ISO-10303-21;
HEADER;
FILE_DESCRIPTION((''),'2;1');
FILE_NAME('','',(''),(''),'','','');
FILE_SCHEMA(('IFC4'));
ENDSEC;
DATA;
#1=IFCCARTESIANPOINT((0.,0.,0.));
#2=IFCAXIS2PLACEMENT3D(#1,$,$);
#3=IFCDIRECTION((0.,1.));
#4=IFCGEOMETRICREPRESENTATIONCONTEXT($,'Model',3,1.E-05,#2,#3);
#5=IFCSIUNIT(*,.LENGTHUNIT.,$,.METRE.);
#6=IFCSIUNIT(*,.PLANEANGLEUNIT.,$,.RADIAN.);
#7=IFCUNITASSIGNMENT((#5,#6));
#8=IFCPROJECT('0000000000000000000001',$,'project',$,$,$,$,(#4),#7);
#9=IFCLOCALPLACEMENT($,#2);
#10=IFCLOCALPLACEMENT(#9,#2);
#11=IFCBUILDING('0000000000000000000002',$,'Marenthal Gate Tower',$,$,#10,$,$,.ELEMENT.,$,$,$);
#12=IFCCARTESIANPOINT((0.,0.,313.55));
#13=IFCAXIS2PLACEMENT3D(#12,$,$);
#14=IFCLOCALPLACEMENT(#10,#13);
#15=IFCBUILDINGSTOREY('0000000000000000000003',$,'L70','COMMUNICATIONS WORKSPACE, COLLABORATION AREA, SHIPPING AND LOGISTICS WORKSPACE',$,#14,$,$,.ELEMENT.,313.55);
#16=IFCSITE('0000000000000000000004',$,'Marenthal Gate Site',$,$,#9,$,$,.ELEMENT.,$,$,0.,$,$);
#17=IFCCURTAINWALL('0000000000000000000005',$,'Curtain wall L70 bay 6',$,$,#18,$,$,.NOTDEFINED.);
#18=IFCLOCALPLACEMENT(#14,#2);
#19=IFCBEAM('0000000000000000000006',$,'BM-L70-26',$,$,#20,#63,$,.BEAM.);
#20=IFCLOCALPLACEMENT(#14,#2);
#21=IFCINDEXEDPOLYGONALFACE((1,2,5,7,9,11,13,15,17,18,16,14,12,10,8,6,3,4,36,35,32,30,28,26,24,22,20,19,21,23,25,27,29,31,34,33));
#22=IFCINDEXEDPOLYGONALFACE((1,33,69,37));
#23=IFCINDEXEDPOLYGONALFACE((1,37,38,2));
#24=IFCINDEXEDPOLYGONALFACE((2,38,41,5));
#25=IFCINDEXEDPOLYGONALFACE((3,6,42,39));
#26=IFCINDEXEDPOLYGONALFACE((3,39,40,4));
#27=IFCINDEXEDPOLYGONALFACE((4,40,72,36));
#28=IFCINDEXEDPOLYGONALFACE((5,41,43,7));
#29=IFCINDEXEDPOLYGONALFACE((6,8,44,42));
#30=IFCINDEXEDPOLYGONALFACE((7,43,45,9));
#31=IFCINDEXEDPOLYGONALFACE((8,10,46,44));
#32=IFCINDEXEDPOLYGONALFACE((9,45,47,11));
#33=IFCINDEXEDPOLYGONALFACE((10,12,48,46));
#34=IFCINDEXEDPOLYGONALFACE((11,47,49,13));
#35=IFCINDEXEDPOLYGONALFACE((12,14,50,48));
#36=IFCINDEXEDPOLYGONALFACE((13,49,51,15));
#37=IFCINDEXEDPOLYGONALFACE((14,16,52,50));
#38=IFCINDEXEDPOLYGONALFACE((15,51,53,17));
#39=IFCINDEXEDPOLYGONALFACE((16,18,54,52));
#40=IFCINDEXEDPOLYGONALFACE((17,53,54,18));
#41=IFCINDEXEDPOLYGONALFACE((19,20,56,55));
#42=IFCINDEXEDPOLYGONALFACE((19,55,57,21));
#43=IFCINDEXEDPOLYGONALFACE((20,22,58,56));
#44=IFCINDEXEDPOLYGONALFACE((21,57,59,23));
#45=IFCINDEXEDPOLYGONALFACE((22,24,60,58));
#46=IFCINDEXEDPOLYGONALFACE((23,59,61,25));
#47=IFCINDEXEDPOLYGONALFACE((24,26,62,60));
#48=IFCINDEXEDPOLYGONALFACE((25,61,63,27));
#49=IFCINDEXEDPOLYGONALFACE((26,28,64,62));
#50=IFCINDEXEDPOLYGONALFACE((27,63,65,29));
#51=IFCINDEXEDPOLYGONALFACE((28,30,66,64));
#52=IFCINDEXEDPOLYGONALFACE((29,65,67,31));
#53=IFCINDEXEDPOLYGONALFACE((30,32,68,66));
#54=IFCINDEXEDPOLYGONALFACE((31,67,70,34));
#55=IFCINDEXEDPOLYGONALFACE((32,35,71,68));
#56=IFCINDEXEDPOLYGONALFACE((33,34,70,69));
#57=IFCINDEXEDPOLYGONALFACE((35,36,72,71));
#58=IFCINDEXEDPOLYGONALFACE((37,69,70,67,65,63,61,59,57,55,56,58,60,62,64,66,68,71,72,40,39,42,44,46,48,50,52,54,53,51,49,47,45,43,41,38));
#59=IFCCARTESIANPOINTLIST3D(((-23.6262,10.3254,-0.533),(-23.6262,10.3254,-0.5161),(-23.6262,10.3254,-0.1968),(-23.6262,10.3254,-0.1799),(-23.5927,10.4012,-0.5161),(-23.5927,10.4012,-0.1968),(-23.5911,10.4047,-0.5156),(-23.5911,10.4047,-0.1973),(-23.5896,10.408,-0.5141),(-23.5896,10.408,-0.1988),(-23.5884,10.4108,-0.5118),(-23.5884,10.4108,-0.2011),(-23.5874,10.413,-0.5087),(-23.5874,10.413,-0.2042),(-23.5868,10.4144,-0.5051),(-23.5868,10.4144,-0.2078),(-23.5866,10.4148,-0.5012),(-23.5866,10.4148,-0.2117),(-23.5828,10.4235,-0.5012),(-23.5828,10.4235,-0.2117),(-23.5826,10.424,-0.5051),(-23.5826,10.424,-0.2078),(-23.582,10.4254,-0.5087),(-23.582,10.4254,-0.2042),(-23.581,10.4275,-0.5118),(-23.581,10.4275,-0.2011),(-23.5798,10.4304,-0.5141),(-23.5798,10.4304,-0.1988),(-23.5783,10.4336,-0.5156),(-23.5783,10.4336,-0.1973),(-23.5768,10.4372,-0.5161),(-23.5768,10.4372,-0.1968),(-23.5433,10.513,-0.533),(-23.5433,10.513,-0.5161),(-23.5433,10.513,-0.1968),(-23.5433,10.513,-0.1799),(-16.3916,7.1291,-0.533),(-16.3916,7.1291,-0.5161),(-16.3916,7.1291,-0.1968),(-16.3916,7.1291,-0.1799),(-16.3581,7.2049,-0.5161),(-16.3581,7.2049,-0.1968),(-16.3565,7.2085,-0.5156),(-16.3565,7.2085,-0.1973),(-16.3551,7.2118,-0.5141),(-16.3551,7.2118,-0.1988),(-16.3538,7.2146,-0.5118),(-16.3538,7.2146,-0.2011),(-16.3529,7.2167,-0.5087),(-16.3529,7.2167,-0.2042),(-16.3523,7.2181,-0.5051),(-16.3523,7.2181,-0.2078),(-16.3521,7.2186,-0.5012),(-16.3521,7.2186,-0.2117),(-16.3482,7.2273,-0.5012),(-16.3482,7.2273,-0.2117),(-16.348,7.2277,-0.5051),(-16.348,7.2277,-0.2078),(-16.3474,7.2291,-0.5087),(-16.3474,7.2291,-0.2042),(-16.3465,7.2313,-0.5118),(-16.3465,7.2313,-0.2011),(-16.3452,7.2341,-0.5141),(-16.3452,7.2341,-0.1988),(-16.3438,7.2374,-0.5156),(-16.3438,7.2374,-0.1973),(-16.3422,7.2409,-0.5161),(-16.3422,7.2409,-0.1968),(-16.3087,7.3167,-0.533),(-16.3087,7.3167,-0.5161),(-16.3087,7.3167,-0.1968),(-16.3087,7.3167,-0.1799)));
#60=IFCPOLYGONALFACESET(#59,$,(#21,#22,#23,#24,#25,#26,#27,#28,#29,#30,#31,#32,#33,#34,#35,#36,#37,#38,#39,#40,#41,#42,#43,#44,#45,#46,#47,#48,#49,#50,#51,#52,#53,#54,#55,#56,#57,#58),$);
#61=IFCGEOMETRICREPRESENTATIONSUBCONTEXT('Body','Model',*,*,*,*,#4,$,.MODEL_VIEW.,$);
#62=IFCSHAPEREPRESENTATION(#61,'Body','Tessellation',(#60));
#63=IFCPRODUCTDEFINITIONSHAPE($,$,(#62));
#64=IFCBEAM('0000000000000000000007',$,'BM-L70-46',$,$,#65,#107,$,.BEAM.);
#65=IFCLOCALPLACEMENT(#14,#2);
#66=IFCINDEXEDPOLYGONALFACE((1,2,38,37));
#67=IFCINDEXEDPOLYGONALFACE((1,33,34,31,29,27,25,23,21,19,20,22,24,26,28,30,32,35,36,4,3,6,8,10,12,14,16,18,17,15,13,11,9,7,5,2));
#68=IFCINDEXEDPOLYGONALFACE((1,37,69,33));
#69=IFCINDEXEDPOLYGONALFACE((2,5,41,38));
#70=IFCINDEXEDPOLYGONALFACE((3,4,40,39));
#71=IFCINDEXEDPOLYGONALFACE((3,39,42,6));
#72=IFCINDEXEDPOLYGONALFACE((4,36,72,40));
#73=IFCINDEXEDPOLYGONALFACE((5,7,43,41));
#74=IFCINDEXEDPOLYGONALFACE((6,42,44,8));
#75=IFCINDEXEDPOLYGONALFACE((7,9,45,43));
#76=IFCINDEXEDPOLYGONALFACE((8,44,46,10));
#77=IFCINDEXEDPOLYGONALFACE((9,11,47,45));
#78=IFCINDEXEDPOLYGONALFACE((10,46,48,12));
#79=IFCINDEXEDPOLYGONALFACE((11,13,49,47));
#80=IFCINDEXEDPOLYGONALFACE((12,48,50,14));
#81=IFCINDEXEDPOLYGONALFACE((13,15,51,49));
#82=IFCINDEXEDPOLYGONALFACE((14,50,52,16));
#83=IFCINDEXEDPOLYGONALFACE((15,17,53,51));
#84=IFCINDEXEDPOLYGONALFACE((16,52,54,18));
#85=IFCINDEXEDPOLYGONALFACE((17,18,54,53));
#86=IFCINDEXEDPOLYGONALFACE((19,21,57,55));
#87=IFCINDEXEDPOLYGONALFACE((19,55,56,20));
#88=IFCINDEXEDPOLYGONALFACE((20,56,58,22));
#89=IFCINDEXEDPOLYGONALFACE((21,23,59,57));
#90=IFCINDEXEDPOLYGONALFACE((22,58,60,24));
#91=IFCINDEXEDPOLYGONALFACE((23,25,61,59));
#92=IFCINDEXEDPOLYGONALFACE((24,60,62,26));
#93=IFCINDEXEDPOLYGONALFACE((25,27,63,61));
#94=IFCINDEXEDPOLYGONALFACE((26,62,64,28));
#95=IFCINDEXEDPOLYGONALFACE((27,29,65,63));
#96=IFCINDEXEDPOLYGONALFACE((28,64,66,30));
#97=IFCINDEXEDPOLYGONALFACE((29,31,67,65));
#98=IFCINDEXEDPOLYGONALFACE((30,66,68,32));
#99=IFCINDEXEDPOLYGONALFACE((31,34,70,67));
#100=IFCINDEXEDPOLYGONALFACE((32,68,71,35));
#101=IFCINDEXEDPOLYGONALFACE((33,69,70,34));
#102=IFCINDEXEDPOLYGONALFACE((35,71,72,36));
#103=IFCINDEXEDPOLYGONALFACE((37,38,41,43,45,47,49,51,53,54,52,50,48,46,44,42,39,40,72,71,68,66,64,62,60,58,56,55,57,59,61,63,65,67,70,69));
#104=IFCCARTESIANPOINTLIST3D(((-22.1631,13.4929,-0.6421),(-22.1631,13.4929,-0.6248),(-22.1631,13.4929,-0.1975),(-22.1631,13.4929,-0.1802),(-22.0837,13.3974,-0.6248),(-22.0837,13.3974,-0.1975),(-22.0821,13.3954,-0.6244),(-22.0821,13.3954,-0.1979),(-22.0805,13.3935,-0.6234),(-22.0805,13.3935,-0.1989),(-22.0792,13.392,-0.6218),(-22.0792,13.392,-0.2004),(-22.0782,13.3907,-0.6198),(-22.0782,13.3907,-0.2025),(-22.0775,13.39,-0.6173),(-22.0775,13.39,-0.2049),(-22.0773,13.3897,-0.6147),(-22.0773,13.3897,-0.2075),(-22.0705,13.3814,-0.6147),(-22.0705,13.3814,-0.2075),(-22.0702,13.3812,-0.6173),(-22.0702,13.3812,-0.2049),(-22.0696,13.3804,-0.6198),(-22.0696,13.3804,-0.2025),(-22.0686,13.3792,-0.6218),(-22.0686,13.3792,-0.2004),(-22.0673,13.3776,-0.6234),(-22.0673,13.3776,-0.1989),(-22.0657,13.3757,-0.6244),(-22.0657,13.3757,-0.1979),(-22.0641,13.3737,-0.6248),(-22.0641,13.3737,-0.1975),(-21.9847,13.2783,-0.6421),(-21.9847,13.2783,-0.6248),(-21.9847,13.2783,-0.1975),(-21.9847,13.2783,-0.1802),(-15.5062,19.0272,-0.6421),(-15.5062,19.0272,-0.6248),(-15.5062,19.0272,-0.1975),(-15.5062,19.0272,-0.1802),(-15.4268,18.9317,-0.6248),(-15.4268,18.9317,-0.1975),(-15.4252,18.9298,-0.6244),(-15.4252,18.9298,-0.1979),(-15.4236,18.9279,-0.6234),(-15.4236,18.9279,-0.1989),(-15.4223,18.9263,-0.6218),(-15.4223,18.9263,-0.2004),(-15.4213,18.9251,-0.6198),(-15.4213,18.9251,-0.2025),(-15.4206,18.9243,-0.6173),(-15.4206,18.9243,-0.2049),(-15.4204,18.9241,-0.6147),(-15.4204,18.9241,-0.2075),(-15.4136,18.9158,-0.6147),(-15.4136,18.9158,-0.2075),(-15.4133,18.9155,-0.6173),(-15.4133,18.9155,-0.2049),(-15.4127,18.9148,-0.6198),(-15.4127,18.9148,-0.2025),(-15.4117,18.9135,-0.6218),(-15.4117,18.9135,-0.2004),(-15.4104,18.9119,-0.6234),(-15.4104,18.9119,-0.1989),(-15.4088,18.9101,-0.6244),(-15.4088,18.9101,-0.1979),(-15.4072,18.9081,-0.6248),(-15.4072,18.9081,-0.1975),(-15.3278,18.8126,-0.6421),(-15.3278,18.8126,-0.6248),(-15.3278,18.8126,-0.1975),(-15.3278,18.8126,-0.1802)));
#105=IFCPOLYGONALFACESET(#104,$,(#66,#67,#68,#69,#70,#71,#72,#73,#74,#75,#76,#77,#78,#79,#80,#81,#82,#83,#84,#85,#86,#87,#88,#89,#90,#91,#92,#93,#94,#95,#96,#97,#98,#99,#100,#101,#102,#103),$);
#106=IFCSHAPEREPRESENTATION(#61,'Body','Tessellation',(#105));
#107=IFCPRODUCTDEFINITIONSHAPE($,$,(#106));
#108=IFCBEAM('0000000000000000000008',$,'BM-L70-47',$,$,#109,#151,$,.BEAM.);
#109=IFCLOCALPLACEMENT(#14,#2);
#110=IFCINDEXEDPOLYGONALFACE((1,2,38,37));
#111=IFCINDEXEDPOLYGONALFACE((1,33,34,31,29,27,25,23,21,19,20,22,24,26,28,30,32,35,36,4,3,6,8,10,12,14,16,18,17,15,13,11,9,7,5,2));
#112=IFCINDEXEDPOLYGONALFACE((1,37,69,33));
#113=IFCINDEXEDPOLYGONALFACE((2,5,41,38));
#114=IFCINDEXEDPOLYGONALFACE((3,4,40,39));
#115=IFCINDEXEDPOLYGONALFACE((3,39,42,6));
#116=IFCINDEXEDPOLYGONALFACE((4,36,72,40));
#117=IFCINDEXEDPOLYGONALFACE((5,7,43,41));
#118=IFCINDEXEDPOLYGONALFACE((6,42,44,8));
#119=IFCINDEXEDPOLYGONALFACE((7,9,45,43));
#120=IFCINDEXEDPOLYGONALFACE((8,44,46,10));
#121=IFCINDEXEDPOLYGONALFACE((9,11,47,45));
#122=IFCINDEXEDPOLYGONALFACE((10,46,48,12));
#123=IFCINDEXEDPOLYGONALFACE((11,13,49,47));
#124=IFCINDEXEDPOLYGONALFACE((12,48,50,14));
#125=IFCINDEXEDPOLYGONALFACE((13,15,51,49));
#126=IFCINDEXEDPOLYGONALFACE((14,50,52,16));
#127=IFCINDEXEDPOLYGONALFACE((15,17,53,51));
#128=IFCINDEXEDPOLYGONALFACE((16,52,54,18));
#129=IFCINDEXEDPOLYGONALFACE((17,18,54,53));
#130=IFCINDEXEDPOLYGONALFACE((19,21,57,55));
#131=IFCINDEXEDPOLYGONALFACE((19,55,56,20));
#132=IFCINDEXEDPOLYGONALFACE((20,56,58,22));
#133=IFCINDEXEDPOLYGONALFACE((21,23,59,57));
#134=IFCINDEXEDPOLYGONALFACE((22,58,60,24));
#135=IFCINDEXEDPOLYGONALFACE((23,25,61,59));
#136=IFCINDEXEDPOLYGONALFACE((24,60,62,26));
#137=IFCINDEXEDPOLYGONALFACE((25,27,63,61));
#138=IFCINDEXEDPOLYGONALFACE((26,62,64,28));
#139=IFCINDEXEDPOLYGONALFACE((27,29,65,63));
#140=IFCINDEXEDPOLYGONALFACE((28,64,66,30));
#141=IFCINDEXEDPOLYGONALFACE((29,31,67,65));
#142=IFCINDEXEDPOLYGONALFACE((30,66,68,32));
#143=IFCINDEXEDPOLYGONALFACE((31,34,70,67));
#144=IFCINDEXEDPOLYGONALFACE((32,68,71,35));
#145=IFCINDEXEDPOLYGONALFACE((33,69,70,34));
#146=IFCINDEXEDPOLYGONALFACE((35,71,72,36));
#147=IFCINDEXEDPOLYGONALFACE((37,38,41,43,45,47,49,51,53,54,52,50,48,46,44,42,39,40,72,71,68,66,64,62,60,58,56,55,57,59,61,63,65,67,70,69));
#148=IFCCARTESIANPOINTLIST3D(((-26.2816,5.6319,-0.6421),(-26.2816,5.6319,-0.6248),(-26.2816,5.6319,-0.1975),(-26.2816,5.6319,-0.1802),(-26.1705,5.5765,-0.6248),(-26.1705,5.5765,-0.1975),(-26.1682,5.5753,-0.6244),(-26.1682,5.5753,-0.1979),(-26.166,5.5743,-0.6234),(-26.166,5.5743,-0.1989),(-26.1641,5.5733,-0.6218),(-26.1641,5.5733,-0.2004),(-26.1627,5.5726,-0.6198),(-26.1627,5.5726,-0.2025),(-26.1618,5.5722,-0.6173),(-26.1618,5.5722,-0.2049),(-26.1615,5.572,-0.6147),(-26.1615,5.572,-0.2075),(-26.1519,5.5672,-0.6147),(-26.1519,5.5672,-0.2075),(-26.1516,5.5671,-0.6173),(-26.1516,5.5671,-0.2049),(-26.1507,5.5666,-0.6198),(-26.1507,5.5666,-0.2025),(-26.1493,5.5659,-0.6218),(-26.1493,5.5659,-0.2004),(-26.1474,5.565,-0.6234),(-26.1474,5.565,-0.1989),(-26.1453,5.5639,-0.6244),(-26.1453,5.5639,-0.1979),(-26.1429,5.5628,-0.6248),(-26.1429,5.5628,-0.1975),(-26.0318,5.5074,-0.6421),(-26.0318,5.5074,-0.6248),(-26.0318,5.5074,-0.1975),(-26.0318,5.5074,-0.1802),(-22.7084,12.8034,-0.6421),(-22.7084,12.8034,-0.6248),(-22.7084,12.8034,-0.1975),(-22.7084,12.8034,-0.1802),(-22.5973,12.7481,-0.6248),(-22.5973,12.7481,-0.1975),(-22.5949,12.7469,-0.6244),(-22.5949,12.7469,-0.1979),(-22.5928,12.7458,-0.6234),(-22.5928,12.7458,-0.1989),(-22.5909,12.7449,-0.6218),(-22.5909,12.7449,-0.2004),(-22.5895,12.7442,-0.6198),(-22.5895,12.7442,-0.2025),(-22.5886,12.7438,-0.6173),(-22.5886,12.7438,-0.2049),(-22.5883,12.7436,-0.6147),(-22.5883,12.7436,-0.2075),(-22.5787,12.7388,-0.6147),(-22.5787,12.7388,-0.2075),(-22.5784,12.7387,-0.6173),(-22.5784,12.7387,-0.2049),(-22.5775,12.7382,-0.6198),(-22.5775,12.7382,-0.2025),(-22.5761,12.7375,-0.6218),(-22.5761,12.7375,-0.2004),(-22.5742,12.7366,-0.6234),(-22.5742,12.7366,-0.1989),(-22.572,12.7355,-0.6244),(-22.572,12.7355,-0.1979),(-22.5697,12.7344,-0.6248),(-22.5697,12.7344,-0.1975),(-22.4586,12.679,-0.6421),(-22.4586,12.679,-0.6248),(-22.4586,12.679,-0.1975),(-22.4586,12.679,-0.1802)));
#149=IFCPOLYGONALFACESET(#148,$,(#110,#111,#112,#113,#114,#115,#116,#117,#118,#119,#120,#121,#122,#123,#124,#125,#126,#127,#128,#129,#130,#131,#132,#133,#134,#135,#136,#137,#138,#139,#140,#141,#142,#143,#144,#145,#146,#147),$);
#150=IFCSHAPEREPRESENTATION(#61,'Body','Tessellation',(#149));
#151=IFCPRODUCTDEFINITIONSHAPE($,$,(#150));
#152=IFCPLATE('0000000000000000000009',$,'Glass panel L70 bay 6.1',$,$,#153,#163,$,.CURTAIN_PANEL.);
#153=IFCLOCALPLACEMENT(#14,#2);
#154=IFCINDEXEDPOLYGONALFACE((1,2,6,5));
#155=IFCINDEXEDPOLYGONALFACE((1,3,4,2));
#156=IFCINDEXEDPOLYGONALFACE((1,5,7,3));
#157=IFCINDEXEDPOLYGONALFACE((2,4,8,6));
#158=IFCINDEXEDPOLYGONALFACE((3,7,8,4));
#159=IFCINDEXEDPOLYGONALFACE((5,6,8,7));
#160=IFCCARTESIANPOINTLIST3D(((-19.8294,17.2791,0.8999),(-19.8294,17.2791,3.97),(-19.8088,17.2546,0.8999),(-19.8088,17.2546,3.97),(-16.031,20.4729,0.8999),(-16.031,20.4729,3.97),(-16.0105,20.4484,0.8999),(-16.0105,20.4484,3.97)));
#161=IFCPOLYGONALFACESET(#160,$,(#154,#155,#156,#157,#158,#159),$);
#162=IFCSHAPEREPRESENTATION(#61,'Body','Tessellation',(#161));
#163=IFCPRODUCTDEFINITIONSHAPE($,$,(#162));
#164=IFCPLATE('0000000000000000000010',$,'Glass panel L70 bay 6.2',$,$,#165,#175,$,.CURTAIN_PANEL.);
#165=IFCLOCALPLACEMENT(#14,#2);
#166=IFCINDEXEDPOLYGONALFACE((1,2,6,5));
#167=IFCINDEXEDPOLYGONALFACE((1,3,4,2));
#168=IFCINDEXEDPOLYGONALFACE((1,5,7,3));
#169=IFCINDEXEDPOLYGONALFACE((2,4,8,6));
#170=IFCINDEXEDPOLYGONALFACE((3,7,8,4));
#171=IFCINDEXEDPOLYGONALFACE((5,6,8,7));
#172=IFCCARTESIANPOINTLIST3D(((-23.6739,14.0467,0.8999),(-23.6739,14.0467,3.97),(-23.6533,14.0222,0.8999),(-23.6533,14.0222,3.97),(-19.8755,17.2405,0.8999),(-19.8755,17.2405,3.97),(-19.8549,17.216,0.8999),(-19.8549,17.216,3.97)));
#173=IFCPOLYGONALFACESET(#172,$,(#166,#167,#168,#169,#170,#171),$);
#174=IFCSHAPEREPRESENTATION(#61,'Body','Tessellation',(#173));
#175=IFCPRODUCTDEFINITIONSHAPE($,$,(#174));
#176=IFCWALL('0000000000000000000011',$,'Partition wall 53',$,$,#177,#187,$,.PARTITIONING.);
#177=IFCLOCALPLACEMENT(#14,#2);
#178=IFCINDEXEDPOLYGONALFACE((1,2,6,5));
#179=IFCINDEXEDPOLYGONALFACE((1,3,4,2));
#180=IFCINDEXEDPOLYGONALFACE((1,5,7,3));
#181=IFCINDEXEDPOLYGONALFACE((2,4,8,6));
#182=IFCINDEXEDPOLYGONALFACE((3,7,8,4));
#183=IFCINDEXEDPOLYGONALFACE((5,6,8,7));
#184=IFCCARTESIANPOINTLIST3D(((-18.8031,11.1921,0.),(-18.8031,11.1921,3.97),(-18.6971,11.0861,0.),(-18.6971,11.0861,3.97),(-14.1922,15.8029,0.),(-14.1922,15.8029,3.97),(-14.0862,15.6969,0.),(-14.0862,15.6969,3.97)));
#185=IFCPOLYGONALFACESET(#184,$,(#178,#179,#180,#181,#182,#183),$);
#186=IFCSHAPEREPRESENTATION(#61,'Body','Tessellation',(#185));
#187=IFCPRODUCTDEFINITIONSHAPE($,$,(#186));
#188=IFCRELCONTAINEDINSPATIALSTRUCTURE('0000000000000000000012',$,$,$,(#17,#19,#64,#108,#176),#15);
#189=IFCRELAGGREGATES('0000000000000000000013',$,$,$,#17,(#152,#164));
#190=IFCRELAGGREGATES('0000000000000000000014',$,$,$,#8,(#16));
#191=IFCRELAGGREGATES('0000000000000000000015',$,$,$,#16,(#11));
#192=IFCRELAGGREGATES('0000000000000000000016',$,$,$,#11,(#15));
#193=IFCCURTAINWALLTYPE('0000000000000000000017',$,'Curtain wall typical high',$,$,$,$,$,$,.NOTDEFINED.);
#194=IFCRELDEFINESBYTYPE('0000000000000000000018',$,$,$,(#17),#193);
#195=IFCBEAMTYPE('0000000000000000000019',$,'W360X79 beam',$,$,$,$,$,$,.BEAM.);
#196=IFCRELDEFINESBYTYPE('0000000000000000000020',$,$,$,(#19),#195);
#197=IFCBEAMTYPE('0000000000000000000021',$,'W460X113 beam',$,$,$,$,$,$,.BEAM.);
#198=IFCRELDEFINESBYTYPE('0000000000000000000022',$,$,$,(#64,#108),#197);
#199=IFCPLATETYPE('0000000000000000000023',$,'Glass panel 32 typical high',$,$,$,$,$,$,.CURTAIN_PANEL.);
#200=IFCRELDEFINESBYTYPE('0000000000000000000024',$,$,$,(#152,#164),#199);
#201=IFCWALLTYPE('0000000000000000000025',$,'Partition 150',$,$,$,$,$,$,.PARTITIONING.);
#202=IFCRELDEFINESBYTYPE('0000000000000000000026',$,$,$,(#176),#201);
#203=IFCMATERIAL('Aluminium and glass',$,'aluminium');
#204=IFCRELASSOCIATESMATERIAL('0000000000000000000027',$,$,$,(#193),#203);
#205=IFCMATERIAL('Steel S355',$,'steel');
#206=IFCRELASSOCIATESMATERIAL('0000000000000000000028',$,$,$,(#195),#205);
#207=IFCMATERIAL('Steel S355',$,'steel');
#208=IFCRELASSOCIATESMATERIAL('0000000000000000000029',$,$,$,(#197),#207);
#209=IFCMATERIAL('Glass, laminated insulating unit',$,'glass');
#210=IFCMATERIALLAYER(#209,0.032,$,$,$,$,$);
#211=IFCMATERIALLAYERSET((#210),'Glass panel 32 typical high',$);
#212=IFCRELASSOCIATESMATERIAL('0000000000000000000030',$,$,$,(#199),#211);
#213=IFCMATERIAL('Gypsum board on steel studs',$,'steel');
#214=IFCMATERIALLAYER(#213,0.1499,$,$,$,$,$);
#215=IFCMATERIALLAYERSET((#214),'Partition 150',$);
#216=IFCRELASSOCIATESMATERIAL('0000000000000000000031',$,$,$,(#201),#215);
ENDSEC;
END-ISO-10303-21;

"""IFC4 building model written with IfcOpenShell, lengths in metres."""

from ifc_helpers import new_model, si_unit, direction, frame, frame_2d, origin, origin_2d, place, context, subcontext, project, spatial, rectangle, i_section, extrude, material, layer, layer_set, material_profile, profile_set, type_object, element, aggregate, save


model = new_model("IFC4")

# Units and contexts
model_context = context("Model", 3, precision=1e-05, world=origin(), true_north=direction((0.0, 1.0)))
body_context = subcontext(model_context, "Body", "Model", "MODEL_VIEW")
ifc_project = project(units=[si_unit("LENGTHUNIT", "METRE"), si_unit("PLANEANGLEUNIT", "RADIAN")], contexts=[model_context])

# Site, building, storey
site_placement = place(None, origin())
site = spatial("IfcSite", under=ifc_project, at=site_placement, Name="Marenthal Gate Site", CompositionType="ELEMENT", RefElevation=0.0)
building_placement = place(site_placement, origin())
building = spatial("IfcBuilding", under=site, at=building_placement, Name="Marenthal Gate Tower", CompositionType="ELEMENT")
storey_placement = place(building_placement, frame((0.0, 0.0, 313.55)))
storey = spatial("IfcBuildingStorey", under=building, at=storey_placement, Name="L70", Description="COMMUNICATIONS WORKSPACE, COLLABORATION AREA, SHIPPING AND LOGISTICS WORKSPACE", CompositionType="ELEMENT", Elevation=313.55)

# Curtain wall
ifc_material_1 = material(Name="Aluminium and glass", Category="aluminium")
curtain_wall_type = type_object("IfcCurtainWallType", Name="Curtain wall typical high", PredefinedType="NOTDEFINED", material=ifc_material_1)
curtain_wall_placement = place(storey_placement, origin())
curtain_wall = element("IfcCurtainWall", 1, at=curtain_wall_placement, inside=storey, type_object=curtain_wall_type, Name="Curtain wall L70 bay 6", PredefinedType="NOTDEFINED")

# Beams
ifc_material_2 = material(Name="Steel S355", Category="steel")
ifc_material_profile_1 = material_profile(ifc_material_2, i_section(OverallWidth=0.2051, OverallDepth=0.353, WebThickness=0.0095, FlangeThickness=0.0168, FilletRadius=0.0149, at=origin_2d()), Name="W360X79")
ifc_profile_set_1 = profile_set([ifc_material_profile_1], Name="Steel S355")
beam_type_1 = type_object("IfcBeamType", Name="W360X79 beam", PredefinedType="BEAM", material=ifc_profile_set_1)
beam_1_placement = place(storey_placement, frame((-23.5847, 10.4192, -0.3564), z_axis=(0.914705, -0.404121, 0.0), x_axis=(0.404121, 0.914705, 0.0)))
element("IfcBeam", 2, at=beam_1_placement, inside=storey, type_object=beam_type_1, Name="BM-L70-26", PredefinedType="BEAM", context=body_context, shape_type="SweptSolid", body=[
    extrude(i_section(OverallWidth=0.2051, OverallDepth=0.353, WebThickness=0.0095, FlangeThickness=0.0168, FilletRadius=0.0149, at=origin_2d()), origin(), (0.0, 0.0, 1.0), 7.9092),
])
ifc_material_3 = material(Name="Steel S355", Category="steel")
ifc_material_profile_2 = material_profile(ifc_material_3, i_section(OverallWidth=0.2791, OverallDepth=0.4619, WebThickness=0.0107, FlangeThickness=0.0173, FilletRadius=0.01, at=origin_2d()), Name="W460X113")
ifc_profile_set_2 = profile_set([ifc_material_profile_2], Name="Steel S355")
beam_type_2 = type_object("IfcBeamType", Name="W460X113 beam", PredefinedType="BEAM", material=ifc_profile_set_2)
beam_2_placement = place(storey_placement, frame((-15.417, 18.9199, -0.4111), z_axis=(-0.768963, -0.639294, 0.0), x_axis=(0.639294, -0.768963, 0.0)))
element("IfcBeam", 3, at=beam_2_placement, inside=storey, type_object=beam_type_2, Name="BM-L70-46", PredefinedType="BEAM", context=body_context, shape_type="SweptSolid", body=[
    extrude(i_section(OverallWidth=0.2791, OverallDepth=0.4619, WebThickness=0.0107, FlangeThickness=0.0173, FilletRadius=0.01, at=origin_2d()), origin(), (0.0, 0.0, 1.0), 8.657),
])
beam_3_placement = place(storey_placement, frame((-22.5835, 12.7412, -0.4111), z_axis=(-0.445958, -0.895054, 0.0), x_axis=(0.895054, -0.445958, 0.0)))
element("IfcBeam", 4, at=beam_3_placement, inside=storey, type_object=beam_type_2, Name="BM-L70-47", PredefinedType="BEAM", context=body_context, shape_type="SweptSolid", body=[
    extrude(i_section(OverallWidth=0.2791, OverallDepth=0.4619, WebThickness=0.0107, FlangeThickness=0.0173, FilletRadius=0.01, at=origin_2d()), origin(), (0.0, 0.0, 1.0), 8.0125),
])

# Plates
ifc_material_4 = material(Name="Glass, laminated insulating unit", Category="glass")
ifc_layer_1 = layer(ifc_material_4, 0.032)
ifc_layer_set_1 = layer_set([ifc_layer_1], Name="Glass panel 32 typical high")
plate_type = type_object("IfcPlateType", Name="Glass panel 32 typical high", PredefinedType="CURTAIN_PANEL", material=ifc_layer_set_1)
plate_1_placement = place(storey_placement, frame((-17.9199, 18.8638, 0.8999), z_axis=(0.0, 0.0, 1.0), x_axis=(-0.765387, -0.64357, 0.0)))
plate_1 = element("IfcPlate", 5, at=plate_1_placement, type_object=plate_type, Name="Glass panel L70 bay 6.1", PredefinedType="CURTAIN_PANEL", context=body_context, shape_type="SweptSolid", body=[
    extrude(rectangle(XDim=4.9626, YDim=0.032, at=origin_2d()), origin(), (0.0, 0.0, 1.0), 3.0701),
])
plate_2_placement = place(storey_placement, frame((-21.7644, 15.6313, 0.8999), z_axis=(0.0, 0.0, 1.0), x_axis=(-0.765387, -0.64357, 0.0)))
plate_2 = element("IfcPlate", 6, at=plate_2_placement, type_object=plate_type, Name="Glass panel L70 bay 6.2", PredefinedType="CURTAIN_PANEL", context=body_context, shape_type="SweptSolid", body=[
    extrude(rectangle(XDim=4.9626, YDim=0.032, at=origin_2d()), origin(), (0.0, 0.0, 1.0), 3.0701),
])
aggregate(curtain_wall, [plate_1, plate_2])

# Wall
ifc_material_5 = material(Name="Gypsum board on steel studs", Category="steel")
ifc_layer_2 = layer(ifc_material_5, 0.1499)
ifc_layer_set_2 = layer_set([ifc_layer_2], Name="Partition 150")
wall_type_1 = type_object("IfcWallType", Name="Partition 150", PredefinedType="PARTITIONING", material=ifc_layer_set_2)
wall_1_placement = place(storey_placement, frame((-18.75, 11.1392, 0.0), z_axis=(0.0, 0.0, 1.0), x_axis=(0.707107, 0.707107, 0.0)))
element("IfcWall", 7, at=wall_1_placement, inside=storey, type_object=wall_type_1, Name="Partition wall 53", PredefinedType="PARTITIONING", context=body_context, shape_type="SweptSolid", body=[
    extrude(rectangle(XDim=6.5208, YDim=0.1499, at=frame_2d((3.2603, 0.0))), origin(), (0.0, 0.0, 1.0), 3.97),
])

save(model, "model.ifc")
